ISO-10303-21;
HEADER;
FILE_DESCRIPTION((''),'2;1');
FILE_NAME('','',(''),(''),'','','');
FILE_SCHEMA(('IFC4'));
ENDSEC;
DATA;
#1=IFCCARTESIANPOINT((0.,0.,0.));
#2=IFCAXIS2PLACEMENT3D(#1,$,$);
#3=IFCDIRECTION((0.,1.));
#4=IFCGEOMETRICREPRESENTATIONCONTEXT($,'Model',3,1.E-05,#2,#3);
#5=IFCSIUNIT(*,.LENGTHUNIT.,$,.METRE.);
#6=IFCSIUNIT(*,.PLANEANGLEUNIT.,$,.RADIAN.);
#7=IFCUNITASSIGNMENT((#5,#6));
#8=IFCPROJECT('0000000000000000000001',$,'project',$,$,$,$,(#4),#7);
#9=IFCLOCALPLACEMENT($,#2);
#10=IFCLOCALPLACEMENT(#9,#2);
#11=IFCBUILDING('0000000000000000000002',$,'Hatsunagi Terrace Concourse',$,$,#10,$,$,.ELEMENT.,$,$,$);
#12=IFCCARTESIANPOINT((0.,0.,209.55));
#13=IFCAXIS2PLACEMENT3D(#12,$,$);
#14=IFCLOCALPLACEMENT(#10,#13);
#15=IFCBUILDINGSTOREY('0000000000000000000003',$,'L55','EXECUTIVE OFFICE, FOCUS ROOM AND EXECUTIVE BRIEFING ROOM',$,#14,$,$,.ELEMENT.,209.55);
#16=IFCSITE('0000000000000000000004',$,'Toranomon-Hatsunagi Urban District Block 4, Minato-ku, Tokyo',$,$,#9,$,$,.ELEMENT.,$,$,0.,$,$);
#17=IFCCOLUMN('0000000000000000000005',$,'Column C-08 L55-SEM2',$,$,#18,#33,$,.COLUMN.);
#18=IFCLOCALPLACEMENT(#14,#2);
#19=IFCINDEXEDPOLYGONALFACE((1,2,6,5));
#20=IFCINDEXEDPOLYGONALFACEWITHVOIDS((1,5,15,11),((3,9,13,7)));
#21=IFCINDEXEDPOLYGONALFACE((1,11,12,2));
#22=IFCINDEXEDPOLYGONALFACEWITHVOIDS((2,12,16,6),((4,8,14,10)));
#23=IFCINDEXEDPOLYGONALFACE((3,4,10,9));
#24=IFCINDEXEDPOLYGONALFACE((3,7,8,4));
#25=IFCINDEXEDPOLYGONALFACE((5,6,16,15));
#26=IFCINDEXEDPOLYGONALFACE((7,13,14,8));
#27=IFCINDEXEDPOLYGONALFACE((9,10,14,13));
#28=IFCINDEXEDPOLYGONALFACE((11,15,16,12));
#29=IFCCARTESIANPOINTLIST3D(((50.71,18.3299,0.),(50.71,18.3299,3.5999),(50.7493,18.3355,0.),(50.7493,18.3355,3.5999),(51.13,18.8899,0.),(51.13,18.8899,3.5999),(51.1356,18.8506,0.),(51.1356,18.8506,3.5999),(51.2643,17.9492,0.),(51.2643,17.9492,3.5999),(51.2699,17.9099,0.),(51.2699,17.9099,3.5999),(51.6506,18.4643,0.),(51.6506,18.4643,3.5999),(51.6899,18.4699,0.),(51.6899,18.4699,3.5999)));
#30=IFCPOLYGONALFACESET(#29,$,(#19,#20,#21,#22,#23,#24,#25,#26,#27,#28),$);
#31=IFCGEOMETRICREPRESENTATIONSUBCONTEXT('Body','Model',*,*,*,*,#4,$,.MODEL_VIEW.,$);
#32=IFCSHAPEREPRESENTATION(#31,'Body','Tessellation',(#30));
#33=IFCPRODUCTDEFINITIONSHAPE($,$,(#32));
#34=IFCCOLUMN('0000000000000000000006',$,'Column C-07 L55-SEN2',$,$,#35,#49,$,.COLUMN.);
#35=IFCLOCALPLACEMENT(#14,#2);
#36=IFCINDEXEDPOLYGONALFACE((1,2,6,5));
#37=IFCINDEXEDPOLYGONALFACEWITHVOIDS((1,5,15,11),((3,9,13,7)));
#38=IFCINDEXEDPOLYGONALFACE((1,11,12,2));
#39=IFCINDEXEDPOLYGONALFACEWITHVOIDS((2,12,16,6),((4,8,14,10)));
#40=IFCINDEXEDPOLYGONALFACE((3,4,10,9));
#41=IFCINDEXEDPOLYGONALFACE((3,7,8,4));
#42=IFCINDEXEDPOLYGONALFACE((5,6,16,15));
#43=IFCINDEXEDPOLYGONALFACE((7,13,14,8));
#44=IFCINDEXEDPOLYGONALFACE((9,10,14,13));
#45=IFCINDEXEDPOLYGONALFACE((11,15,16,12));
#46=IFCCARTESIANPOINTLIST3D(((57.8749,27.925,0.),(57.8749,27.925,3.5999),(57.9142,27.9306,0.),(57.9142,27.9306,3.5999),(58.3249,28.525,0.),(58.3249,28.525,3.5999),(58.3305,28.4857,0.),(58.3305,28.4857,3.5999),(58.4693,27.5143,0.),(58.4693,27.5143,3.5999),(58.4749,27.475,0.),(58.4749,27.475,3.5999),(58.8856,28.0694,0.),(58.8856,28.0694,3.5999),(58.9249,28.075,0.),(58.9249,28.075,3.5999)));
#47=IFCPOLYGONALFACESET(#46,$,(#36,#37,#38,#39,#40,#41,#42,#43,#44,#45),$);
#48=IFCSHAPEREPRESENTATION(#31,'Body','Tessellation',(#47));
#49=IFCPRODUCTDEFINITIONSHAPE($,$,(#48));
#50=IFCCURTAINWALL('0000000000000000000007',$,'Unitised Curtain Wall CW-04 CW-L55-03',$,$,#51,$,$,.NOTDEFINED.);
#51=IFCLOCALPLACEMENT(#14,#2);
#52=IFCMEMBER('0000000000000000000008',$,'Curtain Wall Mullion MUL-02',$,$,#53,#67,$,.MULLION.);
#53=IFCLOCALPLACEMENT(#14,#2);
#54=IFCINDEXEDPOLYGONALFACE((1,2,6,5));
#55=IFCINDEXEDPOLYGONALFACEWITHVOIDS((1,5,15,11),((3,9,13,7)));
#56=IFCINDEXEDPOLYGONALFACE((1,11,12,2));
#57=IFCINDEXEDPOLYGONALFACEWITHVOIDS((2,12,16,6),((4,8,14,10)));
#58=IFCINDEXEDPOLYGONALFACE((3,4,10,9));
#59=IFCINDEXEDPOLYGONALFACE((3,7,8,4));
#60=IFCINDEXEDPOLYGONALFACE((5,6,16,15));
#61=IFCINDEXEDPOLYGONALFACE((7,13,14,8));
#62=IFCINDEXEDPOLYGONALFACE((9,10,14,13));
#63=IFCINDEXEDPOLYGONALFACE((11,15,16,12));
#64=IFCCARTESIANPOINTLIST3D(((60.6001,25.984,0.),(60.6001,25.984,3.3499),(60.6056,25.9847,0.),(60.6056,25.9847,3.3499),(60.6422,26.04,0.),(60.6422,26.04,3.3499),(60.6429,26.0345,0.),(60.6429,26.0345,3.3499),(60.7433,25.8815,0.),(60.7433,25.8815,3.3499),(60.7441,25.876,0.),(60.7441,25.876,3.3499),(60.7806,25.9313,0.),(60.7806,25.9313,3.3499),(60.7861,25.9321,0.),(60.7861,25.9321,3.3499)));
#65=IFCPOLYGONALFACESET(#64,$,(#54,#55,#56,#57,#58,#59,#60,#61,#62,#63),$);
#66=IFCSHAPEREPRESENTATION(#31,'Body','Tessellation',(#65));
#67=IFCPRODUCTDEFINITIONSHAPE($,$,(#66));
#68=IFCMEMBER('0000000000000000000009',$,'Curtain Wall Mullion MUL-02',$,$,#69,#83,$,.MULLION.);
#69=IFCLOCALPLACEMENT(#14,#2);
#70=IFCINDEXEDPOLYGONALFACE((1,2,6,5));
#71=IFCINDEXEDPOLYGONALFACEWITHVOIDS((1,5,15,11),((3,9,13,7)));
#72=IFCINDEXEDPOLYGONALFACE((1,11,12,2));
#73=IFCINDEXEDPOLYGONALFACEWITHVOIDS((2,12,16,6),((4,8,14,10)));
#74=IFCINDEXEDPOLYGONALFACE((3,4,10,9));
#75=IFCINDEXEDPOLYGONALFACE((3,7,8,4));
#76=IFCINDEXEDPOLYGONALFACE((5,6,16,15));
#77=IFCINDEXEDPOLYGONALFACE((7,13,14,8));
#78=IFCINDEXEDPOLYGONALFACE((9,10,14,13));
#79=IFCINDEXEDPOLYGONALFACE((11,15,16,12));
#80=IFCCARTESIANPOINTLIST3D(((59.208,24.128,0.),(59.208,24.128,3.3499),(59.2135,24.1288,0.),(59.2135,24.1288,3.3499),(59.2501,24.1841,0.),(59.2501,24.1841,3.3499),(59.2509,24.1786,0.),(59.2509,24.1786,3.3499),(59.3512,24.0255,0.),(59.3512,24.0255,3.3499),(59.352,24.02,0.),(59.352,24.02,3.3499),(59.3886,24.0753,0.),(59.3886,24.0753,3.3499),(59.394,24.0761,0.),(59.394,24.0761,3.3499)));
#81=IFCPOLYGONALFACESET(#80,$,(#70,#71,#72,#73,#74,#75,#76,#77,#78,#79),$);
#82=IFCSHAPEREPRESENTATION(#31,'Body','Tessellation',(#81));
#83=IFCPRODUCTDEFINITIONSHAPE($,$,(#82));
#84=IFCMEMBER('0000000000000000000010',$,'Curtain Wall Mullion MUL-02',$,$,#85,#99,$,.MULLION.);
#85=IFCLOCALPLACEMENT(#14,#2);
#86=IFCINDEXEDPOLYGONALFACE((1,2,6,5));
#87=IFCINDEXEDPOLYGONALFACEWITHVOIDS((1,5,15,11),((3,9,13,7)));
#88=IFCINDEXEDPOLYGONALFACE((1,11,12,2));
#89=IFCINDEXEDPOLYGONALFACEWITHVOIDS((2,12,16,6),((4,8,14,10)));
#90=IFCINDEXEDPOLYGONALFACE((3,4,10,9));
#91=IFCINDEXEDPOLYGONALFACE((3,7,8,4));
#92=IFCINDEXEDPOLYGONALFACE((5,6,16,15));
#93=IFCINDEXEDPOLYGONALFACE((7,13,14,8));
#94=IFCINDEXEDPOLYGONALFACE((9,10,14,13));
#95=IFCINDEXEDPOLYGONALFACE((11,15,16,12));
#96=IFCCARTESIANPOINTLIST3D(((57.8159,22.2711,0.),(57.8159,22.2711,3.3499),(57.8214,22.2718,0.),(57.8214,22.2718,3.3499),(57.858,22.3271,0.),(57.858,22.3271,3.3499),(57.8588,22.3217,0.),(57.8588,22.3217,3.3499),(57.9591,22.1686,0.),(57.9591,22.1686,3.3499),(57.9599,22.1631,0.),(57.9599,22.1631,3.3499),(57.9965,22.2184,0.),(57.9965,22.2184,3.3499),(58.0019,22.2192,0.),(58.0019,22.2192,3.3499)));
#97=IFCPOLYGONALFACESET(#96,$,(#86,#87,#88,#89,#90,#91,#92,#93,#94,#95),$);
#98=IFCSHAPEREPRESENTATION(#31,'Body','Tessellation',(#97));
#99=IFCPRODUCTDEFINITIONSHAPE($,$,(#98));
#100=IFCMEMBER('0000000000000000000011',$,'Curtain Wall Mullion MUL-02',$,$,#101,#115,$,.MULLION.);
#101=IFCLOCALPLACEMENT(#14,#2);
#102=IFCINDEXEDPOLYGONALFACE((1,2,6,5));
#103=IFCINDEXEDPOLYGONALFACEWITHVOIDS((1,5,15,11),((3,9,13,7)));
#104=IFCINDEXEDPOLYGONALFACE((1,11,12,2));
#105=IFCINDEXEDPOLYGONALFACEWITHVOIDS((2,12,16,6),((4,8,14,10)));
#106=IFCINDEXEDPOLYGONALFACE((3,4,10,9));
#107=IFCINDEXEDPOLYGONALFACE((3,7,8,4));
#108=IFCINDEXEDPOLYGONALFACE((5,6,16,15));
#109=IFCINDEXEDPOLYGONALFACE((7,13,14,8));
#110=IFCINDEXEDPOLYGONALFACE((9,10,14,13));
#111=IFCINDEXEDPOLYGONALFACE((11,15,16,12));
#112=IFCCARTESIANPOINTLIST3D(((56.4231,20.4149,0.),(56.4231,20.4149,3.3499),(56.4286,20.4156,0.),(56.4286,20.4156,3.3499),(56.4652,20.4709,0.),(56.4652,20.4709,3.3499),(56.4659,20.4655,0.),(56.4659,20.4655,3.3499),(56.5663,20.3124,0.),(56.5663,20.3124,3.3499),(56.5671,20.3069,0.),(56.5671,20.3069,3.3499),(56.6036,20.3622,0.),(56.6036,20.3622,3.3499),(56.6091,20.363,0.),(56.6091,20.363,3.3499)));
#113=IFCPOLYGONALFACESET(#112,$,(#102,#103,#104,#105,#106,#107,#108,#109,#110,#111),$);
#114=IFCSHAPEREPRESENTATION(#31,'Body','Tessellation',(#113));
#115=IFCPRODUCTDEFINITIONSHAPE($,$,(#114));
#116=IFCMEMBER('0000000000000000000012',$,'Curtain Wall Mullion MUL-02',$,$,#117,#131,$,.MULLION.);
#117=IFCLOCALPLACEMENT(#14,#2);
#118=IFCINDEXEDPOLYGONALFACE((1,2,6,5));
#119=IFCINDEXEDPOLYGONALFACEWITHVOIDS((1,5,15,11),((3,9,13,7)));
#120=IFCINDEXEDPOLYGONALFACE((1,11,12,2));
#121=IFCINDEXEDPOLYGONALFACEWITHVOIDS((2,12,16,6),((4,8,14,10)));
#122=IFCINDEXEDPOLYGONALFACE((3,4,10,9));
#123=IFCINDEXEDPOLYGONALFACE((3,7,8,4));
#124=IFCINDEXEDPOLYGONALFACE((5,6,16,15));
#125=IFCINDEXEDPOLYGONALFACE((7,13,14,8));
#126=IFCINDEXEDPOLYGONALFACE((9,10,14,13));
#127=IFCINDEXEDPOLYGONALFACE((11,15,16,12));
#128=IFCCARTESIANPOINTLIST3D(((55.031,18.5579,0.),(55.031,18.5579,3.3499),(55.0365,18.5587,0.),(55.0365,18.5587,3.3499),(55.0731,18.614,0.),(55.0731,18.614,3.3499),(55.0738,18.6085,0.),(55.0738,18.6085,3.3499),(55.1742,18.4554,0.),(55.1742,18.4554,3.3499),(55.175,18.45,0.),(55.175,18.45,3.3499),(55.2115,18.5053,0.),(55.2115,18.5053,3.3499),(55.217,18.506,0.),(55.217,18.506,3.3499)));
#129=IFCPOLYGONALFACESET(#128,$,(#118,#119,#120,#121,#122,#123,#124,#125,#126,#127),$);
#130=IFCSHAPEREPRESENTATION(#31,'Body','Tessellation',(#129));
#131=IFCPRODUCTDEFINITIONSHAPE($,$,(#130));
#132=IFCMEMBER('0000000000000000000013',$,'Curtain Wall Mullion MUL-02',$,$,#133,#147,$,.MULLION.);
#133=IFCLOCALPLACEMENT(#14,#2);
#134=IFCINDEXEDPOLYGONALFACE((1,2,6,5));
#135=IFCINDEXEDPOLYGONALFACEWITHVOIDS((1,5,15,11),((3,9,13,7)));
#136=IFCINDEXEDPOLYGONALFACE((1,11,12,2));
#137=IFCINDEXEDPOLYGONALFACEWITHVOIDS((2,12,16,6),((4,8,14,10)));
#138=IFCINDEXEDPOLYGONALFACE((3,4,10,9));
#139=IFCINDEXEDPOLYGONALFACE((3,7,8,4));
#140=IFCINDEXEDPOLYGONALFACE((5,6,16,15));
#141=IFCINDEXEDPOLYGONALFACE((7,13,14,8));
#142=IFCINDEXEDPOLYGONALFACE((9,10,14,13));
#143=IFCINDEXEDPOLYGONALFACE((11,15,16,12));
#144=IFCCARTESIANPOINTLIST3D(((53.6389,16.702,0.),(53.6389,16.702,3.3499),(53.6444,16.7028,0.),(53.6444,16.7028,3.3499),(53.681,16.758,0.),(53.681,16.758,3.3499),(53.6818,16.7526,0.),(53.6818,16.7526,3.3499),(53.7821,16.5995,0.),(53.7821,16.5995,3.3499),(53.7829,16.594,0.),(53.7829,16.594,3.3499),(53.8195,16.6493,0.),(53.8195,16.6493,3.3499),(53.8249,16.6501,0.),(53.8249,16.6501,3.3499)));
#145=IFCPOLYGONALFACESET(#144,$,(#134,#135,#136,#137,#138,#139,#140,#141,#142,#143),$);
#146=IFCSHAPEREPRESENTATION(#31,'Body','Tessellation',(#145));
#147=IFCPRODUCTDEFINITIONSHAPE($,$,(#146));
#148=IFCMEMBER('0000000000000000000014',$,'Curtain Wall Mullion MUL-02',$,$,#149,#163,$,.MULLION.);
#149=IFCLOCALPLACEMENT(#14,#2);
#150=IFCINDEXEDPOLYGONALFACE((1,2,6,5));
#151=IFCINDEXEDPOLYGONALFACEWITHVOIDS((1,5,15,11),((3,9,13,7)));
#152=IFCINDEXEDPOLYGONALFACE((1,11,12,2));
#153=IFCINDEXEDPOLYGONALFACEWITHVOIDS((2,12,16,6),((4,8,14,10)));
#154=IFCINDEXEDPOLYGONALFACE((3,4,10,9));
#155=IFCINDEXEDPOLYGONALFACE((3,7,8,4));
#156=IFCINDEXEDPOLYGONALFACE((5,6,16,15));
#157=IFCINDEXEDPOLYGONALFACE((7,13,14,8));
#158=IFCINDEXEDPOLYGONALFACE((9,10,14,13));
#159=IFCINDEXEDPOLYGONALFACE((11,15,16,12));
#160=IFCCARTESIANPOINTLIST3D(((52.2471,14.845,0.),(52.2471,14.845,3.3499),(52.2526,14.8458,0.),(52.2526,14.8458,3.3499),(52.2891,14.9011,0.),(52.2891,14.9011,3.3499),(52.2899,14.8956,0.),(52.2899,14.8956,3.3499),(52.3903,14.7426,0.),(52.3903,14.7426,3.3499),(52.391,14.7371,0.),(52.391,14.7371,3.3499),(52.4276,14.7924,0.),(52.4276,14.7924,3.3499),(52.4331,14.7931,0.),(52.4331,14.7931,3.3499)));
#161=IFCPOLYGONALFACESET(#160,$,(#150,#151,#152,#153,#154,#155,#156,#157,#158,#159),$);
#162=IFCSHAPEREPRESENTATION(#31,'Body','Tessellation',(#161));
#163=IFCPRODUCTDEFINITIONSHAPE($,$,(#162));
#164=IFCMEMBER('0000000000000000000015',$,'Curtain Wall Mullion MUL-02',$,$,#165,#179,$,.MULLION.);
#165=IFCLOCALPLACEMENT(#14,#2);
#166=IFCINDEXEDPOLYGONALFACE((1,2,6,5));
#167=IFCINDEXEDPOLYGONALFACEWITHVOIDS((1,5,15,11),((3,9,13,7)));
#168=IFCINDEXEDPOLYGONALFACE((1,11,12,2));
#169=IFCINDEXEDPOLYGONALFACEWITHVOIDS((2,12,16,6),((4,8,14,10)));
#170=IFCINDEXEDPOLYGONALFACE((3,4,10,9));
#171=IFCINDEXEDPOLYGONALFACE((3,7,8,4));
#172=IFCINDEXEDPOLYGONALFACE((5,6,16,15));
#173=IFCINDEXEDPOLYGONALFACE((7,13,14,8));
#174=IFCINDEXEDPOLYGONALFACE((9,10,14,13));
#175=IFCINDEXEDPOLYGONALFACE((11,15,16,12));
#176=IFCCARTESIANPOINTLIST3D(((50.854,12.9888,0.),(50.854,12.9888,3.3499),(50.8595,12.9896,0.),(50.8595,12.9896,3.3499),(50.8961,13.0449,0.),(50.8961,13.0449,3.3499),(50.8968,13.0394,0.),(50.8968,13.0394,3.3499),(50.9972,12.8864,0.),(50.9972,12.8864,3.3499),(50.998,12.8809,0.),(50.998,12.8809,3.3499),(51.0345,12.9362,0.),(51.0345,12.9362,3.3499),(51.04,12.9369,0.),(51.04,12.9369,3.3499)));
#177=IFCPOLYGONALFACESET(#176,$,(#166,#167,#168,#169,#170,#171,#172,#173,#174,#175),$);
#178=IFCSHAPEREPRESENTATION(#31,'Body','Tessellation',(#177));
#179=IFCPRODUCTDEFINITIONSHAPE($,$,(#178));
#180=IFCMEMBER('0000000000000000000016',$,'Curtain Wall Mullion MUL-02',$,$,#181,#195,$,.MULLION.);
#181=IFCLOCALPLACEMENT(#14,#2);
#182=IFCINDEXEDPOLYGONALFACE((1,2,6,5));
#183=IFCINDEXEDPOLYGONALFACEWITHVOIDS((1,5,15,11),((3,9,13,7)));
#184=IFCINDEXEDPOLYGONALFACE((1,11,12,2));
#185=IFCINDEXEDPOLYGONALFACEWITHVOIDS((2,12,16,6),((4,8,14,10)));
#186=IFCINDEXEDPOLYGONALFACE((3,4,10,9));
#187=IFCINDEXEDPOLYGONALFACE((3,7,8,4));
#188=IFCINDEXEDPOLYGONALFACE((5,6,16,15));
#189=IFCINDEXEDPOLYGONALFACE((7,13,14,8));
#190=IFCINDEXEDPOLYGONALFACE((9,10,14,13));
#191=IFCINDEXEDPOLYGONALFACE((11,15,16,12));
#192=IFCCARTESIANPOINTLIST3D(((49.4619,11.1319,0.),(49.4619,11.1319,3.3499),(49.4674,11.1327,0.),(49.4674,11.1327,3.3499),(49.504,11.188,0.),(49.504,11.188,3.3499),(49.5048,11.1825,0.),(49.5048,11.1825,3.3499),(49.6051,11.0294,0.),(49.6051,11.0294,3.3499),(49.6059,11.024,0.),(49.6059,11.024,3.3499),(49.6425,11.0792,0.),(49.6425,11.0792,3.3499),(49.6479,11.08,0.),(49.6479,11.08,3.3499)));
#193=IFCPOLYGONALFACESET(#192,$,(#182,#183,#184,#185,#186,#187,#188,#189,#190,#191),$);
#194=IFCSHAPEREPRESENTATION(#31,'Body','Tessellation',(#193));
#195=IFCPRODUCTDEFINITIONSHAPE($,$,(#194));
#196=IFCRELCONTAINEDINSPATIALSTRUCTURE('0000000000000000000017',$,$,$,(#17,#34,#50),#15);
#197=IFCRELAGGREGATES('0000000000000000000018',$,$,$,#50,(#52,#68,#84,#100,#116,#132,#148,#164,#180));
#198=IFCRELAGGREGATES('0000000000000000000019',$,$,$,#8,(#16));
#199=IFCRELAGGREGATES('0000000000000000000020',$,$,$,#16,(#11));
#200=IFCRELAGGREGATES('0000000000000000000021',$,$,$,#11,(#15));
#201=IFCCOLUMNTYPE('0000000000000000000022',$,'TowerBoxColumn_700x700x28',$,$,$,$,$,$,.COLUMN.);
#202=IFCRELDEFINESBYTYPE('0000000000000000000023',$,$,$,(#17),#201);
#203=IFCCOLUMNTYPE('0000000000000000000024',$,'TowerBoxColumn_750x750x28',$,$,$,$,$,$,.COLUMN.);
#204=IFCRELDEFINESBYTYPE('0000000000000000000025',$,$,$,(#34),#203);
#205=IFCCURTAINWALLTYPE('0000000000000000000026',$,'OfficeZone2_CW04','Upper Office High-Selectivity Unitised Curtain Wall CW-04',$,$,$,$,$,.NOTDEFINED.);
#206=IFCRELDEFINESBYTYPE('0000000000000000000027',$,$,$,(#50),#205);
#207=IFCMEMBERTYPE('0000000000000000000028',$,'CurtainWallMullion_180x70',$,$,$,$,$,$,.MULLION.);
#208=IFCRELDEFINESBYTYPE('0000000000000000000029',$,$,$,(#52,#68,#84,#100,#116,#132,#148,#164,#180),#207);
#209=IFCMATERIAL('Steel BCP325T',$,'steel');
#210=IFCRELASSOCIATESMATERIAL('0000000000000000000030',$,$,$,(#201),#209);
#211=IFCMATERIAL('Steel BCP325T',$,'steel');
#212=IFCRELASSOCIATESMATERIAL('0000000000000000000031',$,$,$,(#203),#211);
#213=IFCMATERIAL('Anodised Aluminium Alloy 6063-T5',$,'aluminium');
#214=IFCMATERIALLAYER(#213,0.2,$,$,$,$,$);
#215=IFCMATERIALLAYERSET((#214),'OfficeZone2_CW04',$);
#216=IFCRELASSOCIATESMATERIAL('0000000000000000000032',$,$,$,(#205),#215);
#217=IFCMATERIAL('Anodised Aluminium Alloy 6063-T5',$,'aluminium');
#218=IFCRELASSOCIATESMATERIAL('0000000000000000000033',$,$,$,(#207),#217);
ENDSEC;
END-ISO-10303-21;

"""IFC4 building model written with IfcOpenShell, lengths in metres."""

from ifc_helpers import new_model, si_unit, direction, frame, origin, origin_2d, place, context, subcontext, project, spatial, hollow_rectangle, extrude, material, layer, layer_set, material_profile, profile_set, type_object, element, aggregate, save


model = new_model("IFC4")

# Units and contexts
model_context = context("Model", 3, precision=1e-05, world=origin(), true_north=direction((0.0, 1.0)))
body_context = subcontext(model_context, "Body", "Model", "MODEL_VIEW")
ifc_project = project(units=[si_unit("LENGTHUNIT", "METRE"), si_unit("PLANEANGLEUNIT", "RADIAN")], contexts=[model_context])

# Site, building, storey
site_placement = place(None, origin())
site = spatial("IfcSite", under=ifc_project, at=site_placement, Name="Toranomon-Hatsunagi Urban District Block 4, Minato-ku, Tokyo", CompositionType="ELEMENT", RefElevation=0.0)
building_placement = place(site_placement, origin())
building = spatial("IfcBuilding", under=site, at=building_placement, Name="Hatsunagi Terrace Concourse", CompositionType="ELEMENT")
storey_placement = place(building_placement, frame((0.0, 0.0, 209.55)))
storey = spatial("IfcBuildingStorey", under=building, at=storey_placement, Name="L55", Description="EXECUTIVE OFFICE, FOCUS ROOM AND EXECUTIVE BRIEFING ROOM", CompositionType="ELEMENT", Elevation=209.55)

# Columns
ifc_material_1 = material(Name="Steel BCP325T", Category="steel")
ifc_material_profile_1 = material_profile(ifc_material_1, hollow_rectangle(XDim=0.7, YDim=0.7, WallThickness=0.0281, at=origin_2d()), Name="BCP-700x700x28")
ifc_profile_set_1 = profile_set([ifc_material_profile_1], Name="Steel BCP325T")
column_type_1 = type_object("IfcColumnType", Name="TowerBoxColumn_700x700x28", PredefinedType="COLUMN", material=ifc_profile_set_1)
column_1_placement = place(storey_placement, frame((51.2, 18.3999, 0.0), z_axis=(0.0, 0.0, 1.0), x_axis=(0.8, -0.6, 0.0)))
element("IfcColumn", 1, at=column_1_placement, inside=storey, type_object=column_type_1, Name="Column C-08 L55-SEM2", PredefinedType="COLUMN", context=body_context, shape_type="SweptSolid", body=[
    extrude(hollow_rectangle(XDim=0.7, YDim=0.7, WallThickness=0.0281, at=origin_2d()), origin(), (0.0, 0.0, 1.0), 3.5999),
])
ifc_material_2 = material(Name="Steel BCP325T", Category="steel")
ifc_material_profile_2 = material_profile(ifc_material_2, hollow_rectangle(XDim=0.75, YDim=0.75, WallThickness=0.0281, at=origin_2d()), Name="BCP-750x750x28")
ifc_profile_set_2 = profile_set([ifc_material_profile_2], Name="Steel BCP325T")
column_type_2 = type_object("IfcColumnType", Name="TowerBoxColumn_750x750x28", PredefinedType="COLUMN", material=ifc_profile_set_2)
column_2_placement = place(storey_placement, frame((58.3999, 28.0, 0.0), z_axis=(0.0, 0.0, 1.0), x_axis=(0.8, -0.6, 0.0)))
element("IfcColumn", 2, at=column_2_placement, inside=storey, type_object=column_type_2, Name="Column C-07 L55-SEN2", PredefinedType="COLUMN", context=body_context, shape_type="SweptSolid", body=[
    extrude(hollow_rectangle(XDim=0.75, YDim=0.75, WallThickness=0.0281, at=origin_2d()), origin(), (0.0, 0.0, 1.0), 3.5999),
])

# Curtain wall, members
ifc_material_3 = material(Name="Anodised Aluminium Alloy 6063-T5", Category="aluminium")
ifc_layer_1 = layer(ifc_material_3, 0.2)
ifc_layer_set_1 = layer_set([ifc_layer_1], Name="OfficeZone2_CW04")
curtain_wall_type = type_object("IfcCurtainWallType", Name="OfficeZone2_CW04", Description="Upper Office High-Selectivity Unitised Curtain Wall CW-04", PredefinedType="NOTDEFINED", material=ifc_layer_set_1)
curtain_wall_placement = place(storey_placement, origin())
curtain_wall = element("IfcCurtainWall", 3, at=curtain_wall_placement, inside=storey, type_object=curtain_wall_type, Name="Unitised Curtain Wall CW-04 CW-L55-03", PredefinedType="NOTDEFINED")
ifc_material_4 = material(Name="Anodised Aluminium Alloy 6063-T5", Category="aluminium")
ifc_material_profile_3 = material_profile(ifc_material_4, hollow_rectangle(XDim=0.0701, YDim=0.1799, WallThickness=0.0039, at=origin_2d()), Name="ALU-MUL-180x70x4")
ifc_profile_set_3 = profile_set([ifc_material_profile_3], Name="Anodised Aluminium Alloy 6063-T5")
member_type_1 = type_object("IfcMemberType", Name="CurtainWallMullion_180x70", PredefinedType="MULLION", material=ifc_profile_set_3)
member_1_placement = place(storey_placement, frame((60.6931, 25.958, 0.0), z_axis=(0.0, 0.0, 1.0), x_axis=(-0.599969, -0.800023, 0.0)))
member_1 = element("IfcMember", 4, at=member_1_placement, type_object=member_type_1, Name="Curtain Wall Mullion MUL-02", PredefinedType="MULLION", context=body_context, shape_type="SweptSolid", body=[
    extrude(hollow_rectangle(XDim=0.0701, YDim=0.1799, WallThickness=0.0039, at=origin_2d()), origin(), (0.0, 0.0, 1.0), 3.3499),
])
member_2_placement = place(storey_placement, frame((59.301, 24.1021, 0.0), z_axis=(0.0, 0.0, 1.0), x_axis=(-0.599969, -0.800023, 0.0)))
member_2 = element("IfcMember", 5, at=member_2_placement, type_object=member_type_1, Name="Curtain Wall Mullion MUL-02", PredefinedType="MULLION", context=body_context, shape_type="SweptSolid", body=[
    extrude(hollow_rectangle(XDim=0.0701, YDim=0.1799, WallThickness=0.0039, at=origin_2d()), origin(), (0.0, 0.0, 1.0), 3.3499),
])
member_3_placement = place(storey_placement, frame((57.9089, 22.2451, 0.0), z_axis=(0.0, 0.0, 1.0), x_axis=(-0.599969, -0.800023, 0.0)))
member_3 = element("IfcMember", 6, at=member_3_placement, type_object=member_type_1, Name="Curtain Wall Mullion MUL-02", PredefinedType="MULLION", context=body_context, shape_type="SweptSolid", body=[
    extrude(hollow_rectangle(XDim=0.0701, YDim=0.1799, WallThickness=0.0039, at=origin_2d()), origin(), (0.0, 0.0, 1.0), 3.3499),
])
member_4_placement = place(storey_placement, frame((56.5161, 20.3889, 0.0), z_axis=(0.0, 0.0, 1.0), x_axis=(-0.599969, -0.800023, 0.0)))
member_4 = element("IfcMember", 7, at=member_4_placement, type_object=member_type_1, Name="Curtain Wall Mullion MUL-02", PredefinedType="MULLION", context=body_context, shape_type="SweptSolid", body=[
    extrude(hollow_rectangle(XDim=0.0701, YDim=0.1799, WallThickness=0.0039, at=origin_2d()), origin(), (0.0, 0.0, 1.0), 3.3499),
])
member_5_placement = place(storey_placement, frame((55.124, 18.532, 0.0), z_axis=(0.0, 0.0, 1.0), x_axis=(-0.599969, -0.800023, 0.0)))
member_5 = element("IfcMember", 8, at=member_5_placement, type_object=member_type_1, Name="Curtain Wall Mullion MUL-02", PredefinedType="MULLION", context=body_context, shape_type="SweptSolid", body=[
    extrude(hollow_rectangle(XDim=0.0701, YDim=0.1799, WallThickness=0.0039, at=origin_2d()), origin(), (0.0, 0.0, 1.0), 3.3499),
])
member_6_placement = place(storey_placement, frame((53.7319, 16.676, 0.0), z_axis=(0.0, 0.0, 1.0), x_axis=(-0.599969, -0.800023, 0.0)))
member_6 = element("IfcMember", 9, at=member_6_placement, type_object=member_type_1, Name="Curtain Wall Mullion MUL-02", PredefinedType="MULLION", context=body_context, shape_type="SweptSolid", body=[
    extrude(hollow_rectangle(XDim=0.0701, YDim=0.1799, WallThickness=0.0039, at=origin_2d()), origin(), (0.0, 0.0, 1.0), 3.3499),
])
member_7_placement = place(storey_placement, frame((52.3401, 14.8191, 0.0), z_axis=(0.0, 0.0, 1.0), x_axis=(-0.599969, -0.800023, 0.0)))
member_7 = element("IfcMember", 10, at=member_7_placement, type_object=member_type_1, Name="Curtain Wall Mullion MUL-02", PredefinedType="MULLION", context=body_context, shape_type="SweptSolid", body=[
    extrude(hollow_rectangle(XDim=0.0701, YDim=0.1799, WallThickness=0.0039, at=origin_2d()), origin(), (0.0, 0.0, 1.0), 3.3499),
])
member_8_placement = place(storey_placement, frame((50.947, 12.9629, 0.0), z_axis=(0.0, 0.0, 1.0), x_axis=(-0.599969, -0.800023, 0.0)))
member_8 = element("IfcMember", 11, at=member_8_placement, type_object=member_type_1, Name="Curtain Wall Mullion MUL-02", PredefinedType="MULLION", context=body_context, shape_type="SweptSolid", body=[
    extrude(hollow_rectangle(XDim=0.0701, YDim=0.1799, WallThickness=0.0039, at=origin_2d()), origin(), (0.0, 0.0, 1.0), 3.3499),
])
member_9_placement = place(storey_placement, frame((49.5549, 11.106, 0.0), z_axis=(0.0, 0.0, 1.0), x_axis=(-0.599969, -0.800023, 0.0)))
member_9 = element("IfcMember", 12, at=member_9_placement, type_object=member_type_1, Name="Curtain Wall Mullion MUL-02", PredefinedType="MULLION", context=body_context, shape_type="SweptSolid", body=[
    extrude(hollow_rectangle(XDim=0.0701, YDim=0.1799, WallThickness=0.0039, at=origin_2d()), origin(), (0.0, 0.0, 1.0), 3.3499),
])

aggregate(curtain_wall, [member_1, member_2, member_3, member_4, member_5, member_6, member_7, member_8, member_9])

save(model, "model.ifc")
